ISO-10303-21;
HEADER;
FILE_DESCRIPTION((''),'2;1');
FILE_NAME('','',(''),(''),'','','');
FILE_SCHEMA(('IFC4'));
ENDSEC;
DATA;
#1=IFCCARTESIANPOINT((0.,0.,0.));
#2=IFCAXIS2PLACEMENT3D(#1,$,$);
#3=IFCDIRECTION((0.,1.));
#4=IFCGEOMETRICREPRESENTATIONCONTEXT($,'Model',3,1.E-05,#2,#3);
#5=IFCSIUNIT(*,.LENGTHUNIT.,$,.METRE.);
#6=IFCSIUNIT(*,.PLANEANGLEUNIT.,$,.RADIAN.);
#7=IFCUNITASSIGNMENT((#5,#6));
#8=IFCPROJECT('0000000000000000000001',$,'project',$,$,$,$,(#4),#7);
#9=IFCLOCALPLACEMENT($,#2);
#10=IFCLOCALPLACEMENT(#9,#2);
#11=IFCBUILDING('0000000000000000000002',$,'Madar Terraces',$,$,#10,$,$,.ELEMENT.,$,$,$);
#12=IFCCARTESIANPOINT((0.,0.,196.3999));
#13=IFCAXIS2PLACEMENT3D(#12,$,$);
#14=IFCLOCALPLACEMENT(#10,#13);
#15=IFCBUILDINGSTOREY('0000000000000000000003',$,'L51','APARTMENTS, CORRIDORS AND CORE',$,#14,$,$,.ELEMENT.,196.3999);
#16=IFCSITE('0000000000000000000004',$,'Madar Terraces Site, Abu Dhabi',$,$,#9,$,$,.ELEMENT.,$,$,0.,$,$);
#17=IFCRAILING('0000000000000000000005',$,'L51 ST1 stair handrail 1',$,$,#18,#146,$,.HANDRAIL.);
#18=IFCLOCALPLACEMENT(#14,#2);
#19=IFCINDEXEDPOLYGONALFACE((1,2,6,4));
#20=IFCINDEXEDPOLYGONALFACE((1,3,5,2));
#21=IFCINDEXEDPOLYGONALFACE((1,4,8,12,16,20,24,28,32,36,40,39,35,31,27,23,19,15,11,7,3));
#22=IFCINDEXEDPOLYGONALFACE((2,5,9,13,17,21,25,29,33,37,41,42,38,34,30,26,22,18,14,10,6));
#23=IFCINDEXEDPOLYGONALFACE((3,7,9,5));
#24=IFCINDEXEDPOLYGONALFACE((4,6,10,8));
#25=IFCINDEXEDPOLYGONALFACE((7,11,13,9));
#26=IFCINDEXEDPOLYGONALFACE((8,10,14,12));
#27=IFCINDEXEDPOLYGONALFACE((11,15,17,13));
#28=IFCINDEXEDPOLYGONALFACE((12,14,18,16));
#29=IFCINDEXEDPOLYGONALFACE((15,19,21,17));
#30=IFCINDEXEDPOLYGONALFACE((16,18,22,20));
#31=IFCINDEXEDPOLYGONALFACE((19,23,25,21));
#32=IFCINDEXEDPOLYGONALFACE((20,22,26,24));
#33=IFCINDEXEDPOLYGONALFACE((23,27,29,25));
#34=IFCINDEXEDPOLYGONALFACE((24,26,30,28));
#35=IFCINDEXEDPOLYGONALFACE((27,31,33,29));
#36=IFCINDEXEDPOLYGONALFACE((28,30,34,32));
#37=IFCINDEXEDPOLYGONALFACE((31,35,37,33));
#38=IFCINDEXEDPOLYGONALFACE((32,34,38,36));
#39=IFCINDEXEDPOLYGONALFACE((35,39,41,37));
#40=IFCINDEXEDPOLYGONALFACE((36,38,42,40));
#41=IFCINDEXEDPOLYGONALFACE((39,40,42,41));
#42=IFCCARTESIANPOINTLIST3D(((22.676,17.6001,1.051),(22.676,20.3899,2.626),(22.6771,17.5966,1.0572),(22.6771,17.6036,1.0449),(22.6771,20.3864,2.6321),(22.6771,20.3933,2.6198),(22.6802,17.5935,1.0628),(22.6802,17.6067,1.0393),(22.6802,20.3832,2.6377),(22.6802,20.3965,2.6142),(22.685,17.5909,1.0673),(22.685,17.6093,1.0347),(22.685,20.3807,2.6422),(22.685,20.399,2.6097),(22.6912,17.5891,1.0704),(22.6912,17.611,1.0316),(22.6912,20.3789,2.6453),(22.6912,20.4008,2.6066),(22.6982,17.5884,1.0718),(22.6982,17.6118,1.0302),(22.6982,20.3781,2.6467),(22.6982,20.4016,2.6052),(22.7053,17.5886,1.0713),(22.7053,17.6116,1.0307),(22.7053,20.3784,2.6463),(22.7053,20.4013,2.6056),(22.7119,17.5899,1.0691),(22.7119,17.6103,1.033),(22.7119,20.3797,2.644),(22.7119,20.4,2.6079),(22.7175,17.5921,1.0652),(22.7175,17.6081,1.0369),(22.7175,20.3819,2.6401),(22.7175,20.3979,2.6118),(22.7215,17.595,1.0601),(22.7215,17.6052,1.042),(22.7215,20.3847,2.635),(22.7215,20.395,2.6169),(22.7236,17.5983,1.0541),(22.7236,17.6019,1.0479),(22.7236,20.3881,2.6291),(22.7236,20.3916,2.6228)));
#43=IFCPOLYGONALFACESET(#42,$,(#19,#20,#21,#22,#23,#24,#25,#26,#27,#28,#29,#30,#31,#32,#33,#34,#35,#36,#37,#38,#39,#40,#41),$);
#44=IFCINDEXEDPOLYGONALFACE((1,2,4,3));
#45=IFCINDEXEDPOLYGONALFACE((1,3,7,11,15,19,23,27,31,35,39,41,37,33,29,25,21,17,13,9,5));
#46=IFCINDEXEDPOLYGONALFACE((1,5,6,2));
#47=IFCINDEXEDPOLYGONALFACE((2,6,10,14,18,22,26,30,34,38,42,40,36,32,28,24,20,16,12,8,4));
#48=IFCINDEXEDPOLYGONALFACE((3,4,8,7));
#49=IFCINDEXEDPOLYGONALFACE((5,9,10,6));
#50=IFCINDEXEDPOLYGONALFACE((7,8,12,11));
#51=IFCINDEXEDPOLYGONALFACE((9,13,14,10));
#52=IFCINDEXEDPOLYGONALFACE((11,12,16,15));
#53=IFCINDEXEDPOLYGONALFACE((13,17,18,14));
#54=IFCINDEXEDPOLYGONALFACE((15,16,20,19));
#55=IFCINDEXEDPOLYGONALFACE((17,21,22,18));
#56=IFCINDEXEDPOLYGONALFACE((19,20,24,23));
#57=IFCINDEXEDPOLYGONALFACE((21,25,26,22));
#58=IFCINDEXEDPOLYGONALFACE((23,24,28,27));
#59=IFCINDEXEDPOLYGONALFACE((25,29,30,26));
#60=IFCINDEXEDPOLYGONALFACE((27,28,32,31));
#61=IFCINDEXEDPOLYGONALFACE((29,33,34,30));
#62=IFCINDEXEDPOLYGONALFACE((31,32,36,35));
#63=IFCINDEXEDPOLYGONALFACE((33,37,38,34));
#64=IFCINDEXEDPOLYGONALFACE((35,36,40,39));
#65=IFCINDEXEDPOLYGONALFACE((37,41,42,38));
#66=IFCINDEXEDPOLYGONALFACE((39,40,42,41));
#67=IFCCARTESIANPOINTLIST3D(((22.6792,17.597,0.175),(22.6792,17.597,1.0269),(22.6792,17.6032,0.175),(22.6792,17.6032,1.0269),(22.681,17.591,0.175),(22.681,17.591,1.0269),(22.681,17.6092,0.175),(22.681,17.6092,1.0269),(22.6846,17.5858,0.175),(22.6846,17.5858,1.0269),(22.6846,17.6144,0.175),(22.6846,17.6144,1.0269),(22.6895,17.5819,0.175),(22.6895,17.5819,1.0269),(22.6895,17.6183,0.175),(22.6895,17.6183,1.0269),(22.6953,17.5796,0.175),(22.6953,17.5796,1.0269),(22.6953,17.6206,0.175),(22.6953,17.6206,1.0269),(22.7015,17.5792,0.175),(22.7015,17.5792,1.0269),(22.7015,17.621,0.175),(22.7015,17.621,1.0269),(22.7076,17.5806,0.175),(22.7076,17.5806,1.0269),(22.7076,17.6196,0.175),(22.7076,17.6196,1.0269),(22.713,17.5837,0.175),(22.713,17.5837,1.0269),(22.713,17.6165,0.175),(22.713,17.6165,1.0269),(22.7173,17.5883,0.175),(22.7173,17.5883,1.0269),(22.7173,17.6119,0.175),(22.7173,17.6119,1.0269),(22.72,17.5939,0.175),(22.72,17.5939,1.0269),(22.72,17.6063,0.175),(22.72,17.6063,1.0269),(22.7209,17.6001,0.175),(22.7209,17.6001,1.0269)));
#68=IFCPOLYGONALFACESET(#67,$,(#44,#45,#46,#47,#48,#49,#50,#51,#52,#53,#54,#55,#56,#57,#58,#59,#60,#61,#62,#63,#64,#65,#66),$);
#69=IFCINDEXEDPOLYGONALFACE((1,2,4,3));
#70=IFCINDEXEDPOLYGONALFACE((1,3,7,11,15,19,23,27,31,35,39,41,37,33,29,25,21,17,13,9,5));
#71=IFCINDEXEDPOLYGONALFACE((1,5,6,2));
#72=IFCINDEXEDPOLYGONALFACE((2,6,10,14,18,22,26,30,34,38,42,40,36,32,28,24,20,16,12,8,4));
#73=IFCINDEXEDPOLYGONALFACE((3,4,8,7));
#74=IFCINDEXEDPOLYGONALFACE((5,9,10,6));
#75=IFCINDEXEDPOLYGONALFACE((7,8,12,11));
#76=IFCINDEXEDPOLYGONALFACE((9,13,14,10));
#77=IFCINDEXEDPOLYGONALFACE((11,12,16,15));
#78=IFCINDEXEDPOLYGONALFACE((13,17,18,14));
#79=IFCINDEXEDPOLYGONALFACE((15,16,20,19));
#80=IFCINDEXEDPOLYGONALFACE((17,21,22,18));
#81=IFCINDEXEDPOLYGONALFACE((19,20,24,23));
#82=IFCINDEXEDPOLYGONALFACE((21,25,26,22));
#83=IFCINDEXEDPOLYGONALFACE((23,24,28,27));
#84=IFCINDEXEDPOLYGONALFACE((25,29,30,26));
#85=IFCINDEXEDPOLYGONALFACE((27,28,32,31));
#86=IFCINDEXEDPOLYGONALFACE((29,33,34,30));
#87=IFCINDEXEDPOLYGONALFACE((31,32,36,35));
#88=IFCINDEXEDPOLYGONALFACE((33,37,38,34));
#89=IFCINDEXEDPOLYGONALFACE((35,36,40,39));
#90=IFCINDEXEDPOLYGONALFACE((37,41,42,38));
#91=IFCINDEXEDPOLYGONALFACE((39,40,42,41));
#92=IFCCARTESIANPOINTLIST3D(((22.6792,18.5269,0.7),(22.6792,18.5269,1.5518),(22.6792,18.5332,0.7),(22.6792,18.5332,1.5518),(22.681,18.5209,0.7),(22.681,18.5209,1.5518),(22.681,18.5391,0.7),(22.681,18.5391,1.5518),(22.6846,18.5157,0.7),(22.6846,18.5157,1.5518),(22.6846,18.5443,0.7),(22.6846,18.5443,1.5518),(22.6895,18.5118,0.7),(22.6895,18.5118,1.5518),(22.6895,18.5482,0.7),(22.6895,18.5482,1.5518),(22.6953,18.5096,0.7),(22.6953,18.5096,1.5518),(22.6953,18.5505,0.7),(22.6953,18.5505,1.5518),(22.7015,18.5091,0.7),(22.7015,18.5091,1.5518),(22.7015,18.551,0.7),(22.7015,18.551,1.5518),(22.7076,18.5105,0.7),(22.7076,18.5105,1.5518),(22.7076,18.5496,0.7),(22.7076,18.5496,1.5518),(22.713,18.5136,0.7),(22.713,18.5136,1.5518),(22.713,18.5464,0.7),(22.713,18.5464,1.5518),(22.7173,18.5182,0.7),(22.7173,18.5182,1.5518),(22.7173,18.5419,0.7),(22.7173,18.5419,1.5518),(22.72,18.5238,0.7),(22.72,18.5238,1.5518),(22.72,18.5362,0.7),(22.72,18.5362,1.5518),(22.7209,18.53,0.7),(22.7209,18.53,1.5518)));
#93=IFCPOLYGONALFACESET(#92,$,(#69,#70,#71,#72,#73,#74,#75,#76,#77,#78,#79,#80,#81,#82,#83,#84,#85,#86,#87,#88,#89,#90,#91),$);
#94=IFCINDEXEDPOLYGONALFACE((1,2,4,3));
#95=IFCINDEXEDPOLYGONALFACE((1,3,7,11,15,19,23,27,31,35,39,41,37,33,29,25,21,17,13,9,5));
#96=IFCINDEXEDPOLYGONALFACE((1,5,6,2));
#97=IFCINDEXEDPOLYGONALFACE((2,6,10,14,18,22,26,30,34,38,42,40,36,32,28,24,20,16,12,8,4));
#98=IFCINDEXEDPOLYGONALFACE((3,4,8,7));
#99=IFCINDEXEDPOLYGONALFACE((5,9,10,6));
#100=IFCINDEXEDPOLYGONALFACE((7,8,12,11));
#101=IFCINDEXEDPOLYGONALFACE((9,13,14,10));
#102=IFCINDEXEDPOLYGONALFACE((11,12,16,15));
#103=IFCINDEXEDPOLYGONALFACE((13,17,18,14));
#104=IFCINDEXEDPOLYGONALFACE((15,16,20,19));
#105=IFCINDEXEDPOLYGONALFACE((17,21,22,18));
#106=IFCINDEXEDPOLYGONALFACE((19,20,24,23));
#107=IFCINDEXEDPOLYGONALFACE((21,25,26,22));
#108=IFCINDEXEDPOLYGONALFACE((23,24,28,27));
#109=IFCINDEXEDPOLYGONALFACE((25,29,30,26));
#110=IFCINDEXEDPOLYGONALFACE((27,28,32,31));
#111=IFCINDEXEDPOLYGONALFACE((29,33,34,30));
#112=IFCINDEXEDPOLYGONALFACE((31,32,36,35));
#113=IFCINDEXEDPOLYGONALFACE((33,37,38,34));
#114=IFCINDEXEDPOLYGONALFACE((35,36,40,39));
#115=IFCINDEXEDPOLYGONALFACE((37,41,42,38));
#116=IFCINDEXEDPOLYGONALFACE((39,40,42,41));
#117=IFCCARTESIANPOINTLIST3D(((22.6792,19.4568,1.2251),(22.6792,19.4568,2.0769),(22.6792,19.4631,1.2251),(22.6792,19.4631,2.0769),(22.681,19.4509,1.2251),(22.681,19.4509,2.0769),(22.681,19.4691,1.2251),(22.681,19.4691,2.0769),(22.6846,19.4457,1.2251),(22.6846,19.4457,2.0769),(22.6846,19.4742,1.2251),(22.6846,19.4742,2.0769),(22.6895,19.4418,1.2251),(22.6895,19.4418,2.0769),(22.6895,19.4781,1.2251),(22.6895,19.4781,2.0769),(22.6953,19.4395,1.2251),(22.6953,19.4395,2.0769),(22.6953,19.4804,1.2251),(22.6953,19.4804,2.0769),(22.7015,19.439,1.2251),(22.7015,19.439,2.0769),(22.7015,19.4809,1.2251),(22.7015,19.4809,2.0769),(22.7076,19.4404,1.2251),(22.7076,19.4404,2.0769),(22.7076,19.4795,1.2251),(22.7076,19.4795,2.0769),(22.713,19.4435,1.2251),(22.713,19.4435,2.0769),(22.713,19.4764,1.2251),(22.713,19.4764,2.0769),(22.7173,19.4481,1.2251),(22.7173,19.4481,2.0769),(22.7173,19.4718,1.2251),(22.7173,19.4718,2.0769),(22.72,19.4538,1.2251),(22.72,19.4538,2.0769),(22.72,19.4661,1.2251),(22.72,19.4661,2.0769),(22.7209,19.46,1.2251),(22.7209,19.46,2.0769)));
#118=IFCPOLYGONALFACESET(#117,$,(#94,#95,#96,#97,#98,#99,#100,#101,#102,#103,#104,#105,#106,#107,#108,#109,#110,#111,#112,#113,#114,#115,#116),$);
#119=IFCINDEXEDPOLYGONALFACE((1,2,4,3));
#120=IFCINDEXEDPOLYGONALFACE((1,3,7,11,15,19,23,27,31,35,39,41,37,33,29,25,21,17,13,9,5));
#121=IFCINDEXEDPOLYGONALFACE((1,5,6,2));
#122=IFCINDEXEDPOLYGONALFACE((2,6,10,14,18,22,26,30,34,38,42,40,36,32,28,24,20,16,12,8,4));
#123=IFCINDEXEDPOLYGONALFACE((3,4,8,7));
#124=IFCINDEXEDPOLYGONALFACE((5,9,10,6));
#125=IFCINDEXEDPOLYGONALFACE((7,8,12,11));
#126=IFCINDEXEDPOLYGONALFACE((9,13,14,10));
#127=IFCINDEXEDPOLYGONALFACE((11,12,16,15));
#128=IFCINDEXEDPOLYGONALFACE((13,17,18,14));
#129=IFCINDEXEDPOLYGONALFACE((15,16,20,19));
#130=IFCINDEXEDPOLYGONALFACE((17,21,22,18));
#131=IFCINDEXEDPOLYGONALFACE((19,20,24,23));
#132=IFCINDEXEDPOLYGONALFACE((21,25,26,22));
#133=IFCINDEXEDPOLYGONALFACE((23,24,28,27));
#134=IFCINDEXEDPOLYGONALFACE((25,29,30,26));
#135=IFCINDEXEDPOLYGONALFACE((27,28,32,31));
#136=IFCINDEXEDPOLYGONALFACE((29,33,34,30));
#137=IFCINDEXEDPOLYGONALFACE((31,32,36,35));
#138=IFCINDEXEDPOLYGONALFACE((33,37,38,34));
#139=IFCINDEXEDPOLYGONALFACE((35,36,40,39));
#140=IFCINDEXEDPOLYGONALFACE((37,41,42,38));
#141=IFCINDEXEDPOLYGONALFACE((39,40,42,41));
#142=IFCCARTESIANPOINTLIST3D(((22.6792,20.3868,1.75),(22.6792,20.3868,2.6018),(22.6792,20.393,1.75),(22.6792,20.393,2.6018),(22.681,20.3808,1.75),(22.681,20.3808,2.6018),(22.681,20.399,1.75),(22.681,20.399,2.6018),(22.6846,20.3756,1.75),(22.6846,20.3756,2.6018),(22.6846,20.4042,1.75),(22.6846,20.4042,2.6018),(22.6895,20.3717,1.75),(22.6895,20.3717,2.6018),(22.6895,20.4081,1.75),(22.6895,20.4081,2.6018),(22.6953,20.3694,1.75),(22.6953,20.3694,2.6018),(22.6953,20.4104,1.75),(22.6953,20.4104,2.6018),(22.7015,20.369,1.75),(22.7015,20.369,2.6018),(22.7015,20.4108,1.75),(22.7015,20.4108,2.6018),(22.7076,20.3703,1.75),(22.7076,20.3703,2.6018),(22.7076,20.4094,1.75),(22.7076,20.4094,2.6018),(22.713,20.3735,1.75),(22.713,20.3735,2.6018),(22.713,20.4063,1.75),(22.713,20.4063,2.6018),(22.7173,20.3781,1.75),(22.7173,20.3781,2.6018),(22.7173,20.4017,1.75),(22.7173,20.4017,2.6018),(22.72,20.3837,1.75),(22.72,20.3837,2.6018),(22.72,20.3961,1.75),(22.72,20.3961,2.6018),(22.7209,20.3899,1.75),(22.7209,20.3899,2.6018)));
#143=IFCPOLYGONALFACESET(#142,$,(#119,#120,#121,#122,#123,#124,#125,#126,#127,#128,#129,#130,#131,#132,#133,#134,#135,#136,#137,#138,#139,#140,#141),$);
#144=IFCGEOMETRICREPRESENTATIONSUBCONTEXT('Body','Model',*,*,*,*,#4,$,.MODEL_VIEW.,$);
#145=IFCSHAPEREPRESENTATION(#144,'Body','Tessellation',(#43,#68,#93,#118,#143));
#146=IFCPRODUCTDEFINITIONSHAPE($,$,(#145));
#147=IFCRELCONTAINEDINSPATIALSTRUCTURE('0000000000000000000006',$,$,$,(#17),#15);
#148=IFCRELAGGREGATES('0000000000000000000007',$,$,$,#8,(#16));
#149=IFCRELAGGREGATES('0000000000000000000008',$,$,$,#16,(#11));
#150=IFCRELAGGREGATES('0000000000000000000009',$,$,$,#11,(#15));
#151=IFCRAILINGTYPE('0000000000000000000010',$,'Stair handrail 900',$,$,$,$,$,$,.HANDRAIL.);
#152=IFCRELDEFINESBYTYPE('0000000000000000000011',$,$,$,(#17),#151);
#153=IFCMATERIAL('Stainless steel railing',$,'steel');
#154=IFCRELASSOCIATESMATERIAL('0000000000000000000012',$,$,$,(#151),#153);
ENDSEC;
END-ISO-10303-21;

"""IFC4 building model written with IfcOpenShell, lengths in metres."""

from ifc_helpers import new_model, si_unit, direction, frame, origin, origin_2d, place, context, subcontext, project, spatial, circle, extrude, material, type_object, element, save


model = new_model("IFC4")

# Units and contexts
model_context = context("Model", 3, precision=1e-05, world=origin(), true_north=direction((0.0, 1.0)))
body_context = subcontext(model_context, "Body", "Model", "MODEL_VIEW")
ifc_project = project(units=[si_unit("LENGTHUNIT", "METRE"), si_unit("PLANEANGLEUNIT", "RADIAN")], contexts=[model_context])

# Site, building, storey
site_placement = place(None, origin())
site = spatial("IfcSite", under=ifc_project, at=site_placement, Name="Madar Terraces Site, Abu Dhabi", CompositionType="ELEMENT", RefElevation=0.0)
building_placement = place(site_placement, origin())
building = spatial("IfcBuilding", under=site, at=building_placement, Name="Madar Terraces", CompositionType="ELEMENT")
storey_placement = place(building_placement, frame((0.0, 0.0, 196.3999)))
storey = spatial("IfcBuildingStorey", under=building, at=storey_placement, Name="L51", Description="APARTMENTS, CORRIDORS AND CORE", CompositionType="ELEMENT", Elevation=196.3999)

# Railing
ifc_material_1 = material(Name="Stainless steel railing", Category="steel")
railing_type_1 = type_object("IfcRailingType", Name="Stair handrail 900", PredefinedType="HANDRAIL", material=ifc_material_1)
railing_1_placement = place(storey_placement, frame((22.7, 17.6001, 0.175)))
element("IfcRailing", 1, at=railing_1_placement, inside=storey, type_object=railing_type_1, Name="L51 ST1 stair handrail 1", PredefinedType="HANDRAIL", context=body_context, shape_type="SweptSolid", body=[
    extrude(circle(Radius=0.0239, at=origin_2d()), frame((0.0, 0.0, 0.876), z_axis=(0.0, 0.870815, 0.49161), x_axis=(-1.0, 0.0, 0.0)), (0.0, 0.0, 1.0), 3.2036),
    extrude(circle(Radius=0.021, at=origin_2d()), origin(), (0.0, 0.0, 1.0), 0.8518),
    extrude(circle(Radius=0.021, at=origin_2d()), frame((0.0, 0.9299, 0.5249)), (0.0, 0.0, 1.0), 0.8518),
    extrude(circle(Radius=0.021, at=origin_2d()), frame((0.0, 1.8599, 1.05)), (0.0, 0.0, 1.0), 0.8518),
    extrude(circle(Radius=0.021, at=origin_2d()), frame((0.0, 2.7898, 1.575)), (0.0, 0.0, 1.0), 0.8518),
])

save(model, "model.ifc")
